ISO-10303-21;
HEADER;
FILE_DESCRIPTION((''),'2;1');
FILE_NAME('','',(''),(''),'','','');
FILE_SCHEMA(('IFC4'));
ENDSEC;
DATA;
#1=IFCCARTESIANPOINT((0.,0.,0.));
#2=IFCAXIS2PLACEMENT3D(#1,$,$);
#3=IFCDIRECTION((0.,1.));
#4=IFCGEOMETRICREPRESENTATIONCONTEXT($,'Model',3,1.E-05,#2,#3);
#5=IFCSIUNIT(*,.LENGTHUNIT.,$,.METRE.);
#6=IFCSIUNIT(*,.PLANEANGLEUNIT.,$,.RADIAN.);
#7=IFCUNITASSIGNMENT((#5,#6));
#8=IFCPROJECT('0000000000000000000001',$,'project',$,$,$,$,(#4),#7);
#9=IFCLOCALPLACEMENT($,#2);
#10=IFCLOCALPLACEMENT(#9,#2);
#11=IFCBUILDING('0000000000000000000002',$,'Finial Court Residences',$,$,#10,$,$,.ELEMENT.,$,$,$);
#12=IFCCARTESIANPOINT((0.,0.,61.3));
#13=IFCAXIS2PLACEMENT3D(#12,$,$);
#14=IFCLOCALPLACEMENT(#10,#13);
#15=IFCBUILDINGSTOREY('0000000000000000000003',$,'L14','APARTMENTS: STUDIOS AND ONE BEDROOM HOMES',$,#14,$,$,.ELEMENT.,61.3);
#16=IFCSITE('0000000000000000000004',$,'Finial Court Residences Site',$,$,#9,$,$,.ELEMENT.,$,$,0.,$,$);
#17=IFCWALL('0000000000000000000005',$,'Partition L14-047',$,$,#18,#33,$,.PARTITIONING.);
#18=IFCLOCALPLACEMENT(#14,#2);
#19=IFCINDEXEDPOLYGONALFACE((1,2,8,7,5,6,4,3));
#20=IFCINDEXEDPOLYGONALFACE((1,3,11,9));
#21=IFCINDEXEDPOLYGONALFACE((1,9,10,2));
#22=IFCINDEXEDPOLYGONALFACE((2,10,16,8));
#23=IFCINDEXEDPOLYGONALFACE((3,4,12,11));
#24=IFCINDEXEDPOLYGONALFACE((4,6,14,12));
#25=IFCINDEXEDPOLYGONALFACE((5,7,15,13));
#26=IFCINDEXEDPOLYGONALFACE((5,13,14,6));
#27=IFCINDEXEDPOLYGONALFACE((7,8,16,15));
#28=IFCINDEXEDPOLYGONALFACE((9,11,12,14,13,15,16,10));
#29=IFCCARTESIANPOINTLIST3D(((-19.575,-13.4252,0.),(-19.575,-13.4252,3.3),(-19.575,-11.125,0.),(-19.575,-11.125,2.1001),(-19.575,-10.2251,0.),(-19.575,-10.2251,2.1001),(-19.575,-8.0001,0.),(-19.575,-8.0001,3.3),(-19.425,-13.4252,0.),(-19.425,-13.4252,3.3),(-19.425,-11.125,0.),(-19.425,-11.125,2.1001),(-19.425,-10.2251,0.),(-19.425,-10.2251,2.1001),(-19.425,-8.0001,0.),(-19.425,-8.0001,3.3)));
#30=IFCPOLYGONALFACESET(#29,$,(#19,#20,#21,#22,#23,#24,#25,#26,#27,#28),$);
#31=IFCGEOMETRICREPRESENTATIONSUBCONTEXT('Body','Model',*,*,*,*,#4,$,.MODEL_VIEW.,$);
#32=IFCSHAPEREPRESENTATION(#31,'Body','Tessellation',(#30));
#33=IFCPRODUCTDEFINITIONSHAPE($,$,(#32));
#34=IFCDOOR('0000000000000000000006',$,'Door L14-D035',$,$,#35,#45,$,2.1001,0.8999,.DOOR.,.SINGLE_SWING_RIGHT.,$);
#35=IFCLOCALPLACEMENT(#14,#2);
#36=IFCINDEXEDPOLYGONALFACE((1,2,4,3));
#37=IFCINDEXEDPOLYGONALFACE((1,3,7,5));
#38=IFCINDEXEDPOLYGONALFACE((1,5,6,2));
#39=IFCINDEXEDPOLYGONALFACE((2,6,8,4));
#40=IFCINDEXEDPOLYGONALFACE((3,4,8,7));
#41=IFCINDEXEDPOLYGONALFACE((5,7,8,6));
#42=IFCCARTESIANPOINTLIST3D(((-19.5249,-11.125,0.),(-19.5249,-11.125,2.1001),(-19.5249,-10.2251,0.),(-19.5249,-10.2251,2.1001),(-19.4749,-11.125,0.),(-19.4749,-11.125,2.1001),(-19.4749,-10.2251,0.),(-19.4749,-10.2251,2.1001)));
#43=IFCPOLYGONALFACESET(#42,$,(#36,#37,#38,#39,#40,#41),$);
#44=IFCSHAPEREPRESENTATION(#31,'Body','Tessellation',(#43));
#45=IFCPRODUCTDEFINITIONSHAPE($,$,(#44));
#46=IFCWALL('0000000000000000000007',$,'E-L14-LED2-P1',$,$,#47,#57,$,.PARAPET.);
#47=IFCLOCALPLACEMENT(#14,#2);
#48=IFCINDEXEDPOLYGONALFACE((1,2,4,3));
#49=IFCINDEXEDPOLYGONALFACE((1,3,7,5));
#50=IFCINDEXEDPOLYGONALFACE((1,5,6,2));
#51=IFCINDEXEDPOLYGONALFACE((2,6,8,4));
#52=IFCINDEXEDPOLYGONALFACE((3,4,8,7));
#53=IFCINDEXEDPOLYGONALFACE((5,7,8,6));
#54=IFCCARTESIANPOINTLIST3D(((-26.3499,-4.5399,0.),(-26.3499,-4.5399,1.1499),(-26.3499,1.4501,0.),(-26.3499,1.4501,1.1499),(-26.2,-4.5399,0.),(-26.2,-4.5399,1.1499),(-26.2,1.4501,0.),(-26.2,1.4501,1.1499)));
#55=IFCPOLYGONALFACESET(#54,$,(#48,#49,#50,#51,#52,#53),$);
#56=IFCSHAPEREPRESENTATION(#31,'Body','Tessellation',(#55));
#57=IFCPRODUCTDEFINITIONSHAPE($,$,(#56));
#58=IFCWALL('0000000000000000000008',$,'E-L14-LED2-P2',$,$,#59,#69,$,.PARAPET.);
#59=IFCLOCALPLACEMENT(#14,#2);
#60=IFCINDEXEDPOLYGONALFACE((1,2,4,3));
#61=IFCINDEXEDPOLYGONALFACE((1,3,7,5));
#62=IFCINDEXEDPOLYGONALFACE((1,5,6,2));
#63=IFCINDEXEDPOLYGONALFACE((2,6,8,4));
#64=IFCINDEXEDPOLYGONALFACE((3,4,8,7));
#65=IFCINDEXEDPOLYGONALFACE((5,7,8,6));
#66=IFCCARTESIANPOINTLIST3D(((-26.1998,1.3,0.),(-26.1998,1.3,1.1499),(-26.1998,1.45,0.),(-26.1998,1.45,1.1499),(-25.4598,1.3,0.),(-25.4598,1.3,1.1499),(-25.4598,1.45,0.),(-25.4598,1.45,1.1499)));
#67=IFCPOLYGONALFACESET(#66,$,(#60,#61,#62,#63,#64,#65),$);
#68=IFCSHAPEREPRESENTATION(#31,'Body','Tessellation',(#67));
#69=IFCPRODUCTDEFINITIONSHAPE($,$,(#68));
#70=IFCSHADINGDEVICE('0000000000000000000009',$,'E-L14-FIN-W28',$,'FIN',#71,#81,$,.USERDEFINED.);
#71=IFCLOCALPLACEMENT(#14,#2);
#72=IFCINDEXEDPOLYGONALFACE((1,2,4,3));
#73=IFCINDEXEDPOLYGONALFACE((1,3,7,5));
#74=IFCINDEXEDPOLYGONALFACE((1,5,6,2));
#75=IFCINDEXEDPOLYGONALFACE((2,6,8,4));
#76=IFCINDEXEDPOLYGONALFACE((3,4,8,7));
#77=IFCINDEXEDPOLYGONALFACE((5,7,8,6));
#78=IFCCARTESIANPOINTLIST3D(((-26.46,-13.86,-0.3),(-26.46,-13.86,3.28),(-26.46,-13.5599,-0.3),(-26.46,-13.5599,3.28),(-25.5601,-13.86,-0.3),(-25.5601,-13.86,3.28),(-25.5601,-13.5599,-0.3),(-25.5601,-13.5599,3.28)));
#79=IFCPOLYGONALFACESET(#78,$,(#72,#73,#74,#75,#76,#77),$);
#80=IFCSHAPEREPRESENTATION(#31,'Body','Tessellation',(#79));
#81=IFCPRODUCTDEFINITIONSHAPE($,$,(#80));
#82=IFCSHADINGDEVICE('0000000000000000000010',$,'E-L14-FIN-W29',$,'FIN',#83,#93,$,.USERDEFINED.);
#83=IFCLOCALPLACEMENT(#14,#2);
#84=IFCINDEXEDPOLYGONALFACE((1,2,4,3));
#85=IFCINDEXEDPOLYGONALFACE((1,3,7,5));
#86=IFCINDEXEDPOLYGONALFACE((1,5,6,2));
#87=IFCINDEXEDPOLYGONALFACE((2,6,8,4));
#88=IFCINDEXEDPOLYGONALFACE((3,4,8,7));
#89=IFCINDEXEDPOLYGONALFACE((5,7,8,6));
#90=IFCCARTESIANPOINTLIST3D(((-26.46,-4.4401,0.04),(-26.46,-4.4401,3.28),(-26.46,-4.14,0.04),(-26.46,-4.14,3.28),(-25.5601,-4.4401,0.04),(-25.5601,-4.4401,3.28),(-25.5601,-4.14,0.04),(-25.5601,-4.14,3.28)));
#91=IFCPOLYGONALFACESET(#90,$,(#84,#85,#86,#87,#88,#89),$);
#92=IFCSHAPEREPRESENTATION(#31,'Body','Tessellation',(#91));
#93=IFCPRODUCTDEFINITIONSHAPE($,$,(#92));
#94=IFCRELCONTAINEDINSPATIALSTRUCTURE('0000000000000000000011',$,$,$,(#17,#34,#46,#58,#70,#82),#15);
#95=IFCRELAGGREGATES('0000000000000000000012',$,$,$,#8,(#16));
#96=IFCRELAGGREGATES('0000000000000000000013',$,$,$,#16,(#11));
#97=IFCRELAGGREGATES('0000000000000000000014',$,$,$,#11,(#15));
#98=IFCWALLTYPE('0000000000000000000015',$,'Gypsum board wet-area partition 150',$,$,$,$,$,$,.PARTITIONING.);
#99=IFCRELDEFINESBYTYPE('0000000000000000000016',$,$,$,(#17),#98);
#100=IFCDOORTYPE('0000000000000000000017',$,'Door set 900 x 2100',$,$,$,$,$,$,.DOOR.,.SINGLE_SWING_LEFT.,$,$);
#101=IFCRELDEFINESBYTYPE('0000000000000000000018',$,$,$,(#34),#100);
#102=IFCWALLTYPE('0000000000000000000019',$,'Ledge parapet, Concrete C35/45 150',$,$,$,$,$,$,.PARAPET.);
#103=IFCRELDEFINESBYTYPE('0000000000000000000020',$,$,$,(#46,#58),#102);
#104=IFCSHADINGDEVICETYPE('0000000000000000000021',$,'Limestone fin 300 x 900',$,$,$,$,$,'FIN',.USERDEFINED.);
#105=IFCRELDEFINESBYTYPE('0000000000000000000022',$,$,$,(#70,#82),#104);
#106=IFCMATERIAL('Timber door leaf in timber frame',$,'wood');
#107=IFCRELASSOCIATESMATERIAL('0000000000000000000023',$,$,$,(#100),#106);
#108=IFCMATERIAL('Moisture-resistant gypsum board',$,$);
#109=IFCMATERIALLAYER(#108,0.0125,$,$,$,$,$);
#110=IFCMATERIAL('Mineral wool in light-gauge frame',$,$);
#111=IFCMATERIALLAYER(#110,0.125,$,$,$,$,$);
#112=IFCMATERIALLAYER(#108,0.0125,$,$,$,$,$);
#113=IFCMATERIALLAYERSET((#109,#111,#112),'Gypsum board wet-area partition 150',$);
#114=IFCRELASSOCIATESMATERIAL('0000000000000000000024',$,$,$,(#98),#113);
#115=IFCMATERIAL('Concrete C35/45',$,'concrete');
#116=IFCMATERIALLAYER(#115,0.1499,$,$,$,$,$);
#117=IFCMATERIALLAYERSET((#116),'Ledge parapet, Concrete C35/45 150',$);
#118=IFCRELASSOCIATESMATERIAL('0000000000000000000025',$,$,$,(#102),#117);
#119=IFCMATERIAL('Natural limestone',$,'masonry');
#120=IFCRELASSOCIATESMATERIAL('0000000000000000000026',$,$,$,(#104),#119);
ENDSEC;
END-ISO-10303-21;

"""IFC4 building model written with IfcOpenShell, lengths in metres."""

from ifc_helpers import new_model, si_unit, direction, frame, frame_2d, origin, origin_2d, place, context, subcontext, project, spatial, rectangle, extrude, material, layer, layer_set, type_object, element, fill, save


model = new_model("IFC4")

# Units and contexts
model_context = context("Model", 3, precision=1e-05, world=origin(), true_north=direction((0.0, 1.0)))
body_context = subcontext(model_context, "Body", "Model", "MODEL_VIEW")
ifc_project = project(units=[si_unit("LENGTHUNIT", "METRE"), si_unit("PLANEANGLEUNIT", "RADIAN")], contexts=[model_context])

# Site, building, storey
site_placement = place(None, origin())
site = spatial("IfcSite", under=ifc_project, at=site_placement, Name="Finial Court Residences Site", CompositionType="ELEMENT", RefElevation=0.0)
building_placement = place(site_placement, origin())
building = spatial("IfcBuilding", under=site, at=building_placement, Name="Finial Court Residences", CompositionType="ELEMENT")
storey_placement = place(building_placement, frame((0.0, 0.0, 61.3)))
storey = spatial("IfcBuildingStorey", under=building, at=storey_placement, Name="L14", Description="APARTMENTS: STUDIOS AND ONE BEDROOM HOMES", CompositionType="ELEMENT", Elevation=61.3)

# Shared definitions
ifc_material_1 = material(Name="Mineral wool in light-gauge frame")
ifc_material_2 = material(Name="Timber door leaf in timber frame", Category="wood")
door_type_1 = type_object("IfcDoorType", Name="Door set 900 x 2100", OperationType="SINGLE_SWING_LEFT", PredefinedType="DOOR", material=ifc_material_2)

# Shared definitions
ifc_material_3 = material(Name="Moisture-resistant gypsum board")
ifc_layer_1 = layer(ifc_material_3, 0.0125)
ifc_layer_2 = layer(ifc_material_1, 0.125)
ifc_layer_3 = layer(ifc_material_3, 0.0125)
ifc_layer_set_1 = layer_set([ifc_layer_1, ifc_layer_2, ifc_layer_3], Name="Gypsum board wet-area partition 150")
wall_type_1 = type_object("IfcWallType", Name="Gypsum board wet-area partition 150", PredefinedType="PARTITIONING", material=ifc_layer_set_1)

# Wall, opening, door
wall_1_placement = place(storey_placement, frame((-19.5, -13.425, 0.0), z_axis=(0.0, 0.0, 1.0), x_axis=(0.0, 1.0, 0.0)))
wall_1 = element("IfcWall", 1, at=wall_1_placement, inside=storey, type_object=wall_type_1, Name="Partition L14-047", PredefinedType="PARTITIONING", context=body_context, shape_type="SweptSolid", body=[
    extrude(rectangle(XDim=5.425, YDim=0.1499, at=frame_2d((2.7124, 0.0))), origin(), (0.0, 0.0, 1.0), 3.3),
])
opening_1_placement = place(wall_1_placement, frame((2.3, 0.0, 0.0)))
opening_1 = element("IfcOpeningElement", 2, at=opening_1_placement, cuts=wall_1, PredefinedType="OPENING", context=body_context, shape_type="SweptSolid", body=[
    extrude(rectangle(XDim=0.8999, YDim=2.1001, at=frame_2d((0.45, 1.05))), frame((0.0, 0.085, 0.0), z_axis=(0.0, -1.0, 0.0), x_axis=(1.0, 0.0, 0.0)), (0.0, 0.0, 1.0), 0.1699),
])
door_1_placement = place(opening_1_placement, origin())
door_1 = element("IfcDoor", 3, at=door_1_placement, inside=storey, type_object=door_type_1, Name="Door L14-D035", OperationType="SINGLE_SWING_RIGHT", OverallHeight=2.1001, OverallWidth=0.8999, PredefinedType="DOOR", context=body_context, shape_type="SweptSolid", body=[
    extrude(rectangle(XDim=0.8999, YDim=2.1001, at=frame_2d((0.45, 1.05))), frame((0.0, 0.0249, 0.0), z_axis=(0.0, -1.0, 0.0), x_axis=(1.0, 0.0, 0.0)), (0.0, 0.0, 1.0), 0.05),
])
fill(opening_1, door_1)

# Walls
ifc_material_4 = material(Name="Concrete C35/45", Category="concrete")
ifc_layer_4 = layer(ifc_material_4, 0.1499)
ifc_layer_set_2 = layer_set([ifc_layer_4], Name="Ledge parapet, Concrete C35/45 150")
wall_type_2 = type_object("IfcWallType", Name="Ledge parapet, Concrete C35/45 150", PredefinedType="PARAPET", material=ifc_layer_set_2)
wall_2_placement = place(storey_placement, frame((-26.2749, -4.54, 0.0), z_axis=(0.0, 0.0, 1.0), x_axis=(0.0, 1.0, 0.0)))
element("IfcWall", 4, at=wall_2_placement, inside=storey, type_object=wall_type_2, Name="E-L14-LED2-P1", PredefinedType="PARAPET", context=body_context, shape_type="SweptSolid", body=[
    extrude(rectangle(XDim=5.99, YDim=0.1499, at=frame_2d((2.9951, 0.0))), origin(), (0.0, 0.0, 1.0), 1.1499),
])
wall_3_placement = place(storey_placement, frame((-26.2, 1.375, 0.0), z_axis=(0.0, 0.0, 1.0), x_axis=(1.0, 0.0, 0.0)))
element("IfcWall", 5, at=wall_3_placement, inside=storey, type_object=wall_type_2, Name="E-L14-LED2-P2", PredefinedType="PARAPET", context=body_context, shape_type="SweptSolid", body=[
    extrude(rectangle(XDim=0.74, YDim=0.1499, at=frame_2d((0.3701, 0.0))), origin(), (0.0, 0.0, 1.0), 1.1499),
])

# Shading devices
ifc_material_5 = material(Name="Natural limestone", Category="masonry")
shading_device_type = type_object("IfcShadingDeviceType", Name="Limestone fin 300 x 900", ElementType="FIN", PredefinedType="USERDEFINED", material=ifc_material_5)
shading_device_1_placement = place(storey_placement, frame((-26.01, -13.71, -0.3), z_axis=(0.0, 0.0, 1.0), x_axis=(1.0, 0.0, 0.0)))
element("IfcShadingDevice", 6, at=shading_device_1_placement, inside=storey, type_object=shading_device_type, Name="E-L14-FIN-W28", ObjectType="FIN", PredefinedType="USERDEFINED", context=body_context, shape_type="SweptSolid", body=[
    extrude(rectangle(XDim=0.8999, YDim=0.3, at=origin_2d()), origin(), (0.0, 0.0, 1.0), 3.5801),
])
shading_device_2_placement = place(storey_placement, frame((-26.01, -4.29, 0.04), z_axis=(0.0, 0.0, 1.0), x_axis=(1.0, 0.0, 0.0)))
element("IfcShadingDevice", 7, at=shading_device_2_placement, inside=storey, type_object=shading_device_type, Name="E-L14-FIN-W29", ObjectType="FIN", PredefinedType="USERDEFINED", context=body_context, shape_type="SweptSolid", body=[
    extrude(rectangle(XDim=0.8999, YDim=0.3, at=origin_2d()), origin(), (0.0, 0.0, 1.0), 3.24),
])

save(model, "model.ifc")
